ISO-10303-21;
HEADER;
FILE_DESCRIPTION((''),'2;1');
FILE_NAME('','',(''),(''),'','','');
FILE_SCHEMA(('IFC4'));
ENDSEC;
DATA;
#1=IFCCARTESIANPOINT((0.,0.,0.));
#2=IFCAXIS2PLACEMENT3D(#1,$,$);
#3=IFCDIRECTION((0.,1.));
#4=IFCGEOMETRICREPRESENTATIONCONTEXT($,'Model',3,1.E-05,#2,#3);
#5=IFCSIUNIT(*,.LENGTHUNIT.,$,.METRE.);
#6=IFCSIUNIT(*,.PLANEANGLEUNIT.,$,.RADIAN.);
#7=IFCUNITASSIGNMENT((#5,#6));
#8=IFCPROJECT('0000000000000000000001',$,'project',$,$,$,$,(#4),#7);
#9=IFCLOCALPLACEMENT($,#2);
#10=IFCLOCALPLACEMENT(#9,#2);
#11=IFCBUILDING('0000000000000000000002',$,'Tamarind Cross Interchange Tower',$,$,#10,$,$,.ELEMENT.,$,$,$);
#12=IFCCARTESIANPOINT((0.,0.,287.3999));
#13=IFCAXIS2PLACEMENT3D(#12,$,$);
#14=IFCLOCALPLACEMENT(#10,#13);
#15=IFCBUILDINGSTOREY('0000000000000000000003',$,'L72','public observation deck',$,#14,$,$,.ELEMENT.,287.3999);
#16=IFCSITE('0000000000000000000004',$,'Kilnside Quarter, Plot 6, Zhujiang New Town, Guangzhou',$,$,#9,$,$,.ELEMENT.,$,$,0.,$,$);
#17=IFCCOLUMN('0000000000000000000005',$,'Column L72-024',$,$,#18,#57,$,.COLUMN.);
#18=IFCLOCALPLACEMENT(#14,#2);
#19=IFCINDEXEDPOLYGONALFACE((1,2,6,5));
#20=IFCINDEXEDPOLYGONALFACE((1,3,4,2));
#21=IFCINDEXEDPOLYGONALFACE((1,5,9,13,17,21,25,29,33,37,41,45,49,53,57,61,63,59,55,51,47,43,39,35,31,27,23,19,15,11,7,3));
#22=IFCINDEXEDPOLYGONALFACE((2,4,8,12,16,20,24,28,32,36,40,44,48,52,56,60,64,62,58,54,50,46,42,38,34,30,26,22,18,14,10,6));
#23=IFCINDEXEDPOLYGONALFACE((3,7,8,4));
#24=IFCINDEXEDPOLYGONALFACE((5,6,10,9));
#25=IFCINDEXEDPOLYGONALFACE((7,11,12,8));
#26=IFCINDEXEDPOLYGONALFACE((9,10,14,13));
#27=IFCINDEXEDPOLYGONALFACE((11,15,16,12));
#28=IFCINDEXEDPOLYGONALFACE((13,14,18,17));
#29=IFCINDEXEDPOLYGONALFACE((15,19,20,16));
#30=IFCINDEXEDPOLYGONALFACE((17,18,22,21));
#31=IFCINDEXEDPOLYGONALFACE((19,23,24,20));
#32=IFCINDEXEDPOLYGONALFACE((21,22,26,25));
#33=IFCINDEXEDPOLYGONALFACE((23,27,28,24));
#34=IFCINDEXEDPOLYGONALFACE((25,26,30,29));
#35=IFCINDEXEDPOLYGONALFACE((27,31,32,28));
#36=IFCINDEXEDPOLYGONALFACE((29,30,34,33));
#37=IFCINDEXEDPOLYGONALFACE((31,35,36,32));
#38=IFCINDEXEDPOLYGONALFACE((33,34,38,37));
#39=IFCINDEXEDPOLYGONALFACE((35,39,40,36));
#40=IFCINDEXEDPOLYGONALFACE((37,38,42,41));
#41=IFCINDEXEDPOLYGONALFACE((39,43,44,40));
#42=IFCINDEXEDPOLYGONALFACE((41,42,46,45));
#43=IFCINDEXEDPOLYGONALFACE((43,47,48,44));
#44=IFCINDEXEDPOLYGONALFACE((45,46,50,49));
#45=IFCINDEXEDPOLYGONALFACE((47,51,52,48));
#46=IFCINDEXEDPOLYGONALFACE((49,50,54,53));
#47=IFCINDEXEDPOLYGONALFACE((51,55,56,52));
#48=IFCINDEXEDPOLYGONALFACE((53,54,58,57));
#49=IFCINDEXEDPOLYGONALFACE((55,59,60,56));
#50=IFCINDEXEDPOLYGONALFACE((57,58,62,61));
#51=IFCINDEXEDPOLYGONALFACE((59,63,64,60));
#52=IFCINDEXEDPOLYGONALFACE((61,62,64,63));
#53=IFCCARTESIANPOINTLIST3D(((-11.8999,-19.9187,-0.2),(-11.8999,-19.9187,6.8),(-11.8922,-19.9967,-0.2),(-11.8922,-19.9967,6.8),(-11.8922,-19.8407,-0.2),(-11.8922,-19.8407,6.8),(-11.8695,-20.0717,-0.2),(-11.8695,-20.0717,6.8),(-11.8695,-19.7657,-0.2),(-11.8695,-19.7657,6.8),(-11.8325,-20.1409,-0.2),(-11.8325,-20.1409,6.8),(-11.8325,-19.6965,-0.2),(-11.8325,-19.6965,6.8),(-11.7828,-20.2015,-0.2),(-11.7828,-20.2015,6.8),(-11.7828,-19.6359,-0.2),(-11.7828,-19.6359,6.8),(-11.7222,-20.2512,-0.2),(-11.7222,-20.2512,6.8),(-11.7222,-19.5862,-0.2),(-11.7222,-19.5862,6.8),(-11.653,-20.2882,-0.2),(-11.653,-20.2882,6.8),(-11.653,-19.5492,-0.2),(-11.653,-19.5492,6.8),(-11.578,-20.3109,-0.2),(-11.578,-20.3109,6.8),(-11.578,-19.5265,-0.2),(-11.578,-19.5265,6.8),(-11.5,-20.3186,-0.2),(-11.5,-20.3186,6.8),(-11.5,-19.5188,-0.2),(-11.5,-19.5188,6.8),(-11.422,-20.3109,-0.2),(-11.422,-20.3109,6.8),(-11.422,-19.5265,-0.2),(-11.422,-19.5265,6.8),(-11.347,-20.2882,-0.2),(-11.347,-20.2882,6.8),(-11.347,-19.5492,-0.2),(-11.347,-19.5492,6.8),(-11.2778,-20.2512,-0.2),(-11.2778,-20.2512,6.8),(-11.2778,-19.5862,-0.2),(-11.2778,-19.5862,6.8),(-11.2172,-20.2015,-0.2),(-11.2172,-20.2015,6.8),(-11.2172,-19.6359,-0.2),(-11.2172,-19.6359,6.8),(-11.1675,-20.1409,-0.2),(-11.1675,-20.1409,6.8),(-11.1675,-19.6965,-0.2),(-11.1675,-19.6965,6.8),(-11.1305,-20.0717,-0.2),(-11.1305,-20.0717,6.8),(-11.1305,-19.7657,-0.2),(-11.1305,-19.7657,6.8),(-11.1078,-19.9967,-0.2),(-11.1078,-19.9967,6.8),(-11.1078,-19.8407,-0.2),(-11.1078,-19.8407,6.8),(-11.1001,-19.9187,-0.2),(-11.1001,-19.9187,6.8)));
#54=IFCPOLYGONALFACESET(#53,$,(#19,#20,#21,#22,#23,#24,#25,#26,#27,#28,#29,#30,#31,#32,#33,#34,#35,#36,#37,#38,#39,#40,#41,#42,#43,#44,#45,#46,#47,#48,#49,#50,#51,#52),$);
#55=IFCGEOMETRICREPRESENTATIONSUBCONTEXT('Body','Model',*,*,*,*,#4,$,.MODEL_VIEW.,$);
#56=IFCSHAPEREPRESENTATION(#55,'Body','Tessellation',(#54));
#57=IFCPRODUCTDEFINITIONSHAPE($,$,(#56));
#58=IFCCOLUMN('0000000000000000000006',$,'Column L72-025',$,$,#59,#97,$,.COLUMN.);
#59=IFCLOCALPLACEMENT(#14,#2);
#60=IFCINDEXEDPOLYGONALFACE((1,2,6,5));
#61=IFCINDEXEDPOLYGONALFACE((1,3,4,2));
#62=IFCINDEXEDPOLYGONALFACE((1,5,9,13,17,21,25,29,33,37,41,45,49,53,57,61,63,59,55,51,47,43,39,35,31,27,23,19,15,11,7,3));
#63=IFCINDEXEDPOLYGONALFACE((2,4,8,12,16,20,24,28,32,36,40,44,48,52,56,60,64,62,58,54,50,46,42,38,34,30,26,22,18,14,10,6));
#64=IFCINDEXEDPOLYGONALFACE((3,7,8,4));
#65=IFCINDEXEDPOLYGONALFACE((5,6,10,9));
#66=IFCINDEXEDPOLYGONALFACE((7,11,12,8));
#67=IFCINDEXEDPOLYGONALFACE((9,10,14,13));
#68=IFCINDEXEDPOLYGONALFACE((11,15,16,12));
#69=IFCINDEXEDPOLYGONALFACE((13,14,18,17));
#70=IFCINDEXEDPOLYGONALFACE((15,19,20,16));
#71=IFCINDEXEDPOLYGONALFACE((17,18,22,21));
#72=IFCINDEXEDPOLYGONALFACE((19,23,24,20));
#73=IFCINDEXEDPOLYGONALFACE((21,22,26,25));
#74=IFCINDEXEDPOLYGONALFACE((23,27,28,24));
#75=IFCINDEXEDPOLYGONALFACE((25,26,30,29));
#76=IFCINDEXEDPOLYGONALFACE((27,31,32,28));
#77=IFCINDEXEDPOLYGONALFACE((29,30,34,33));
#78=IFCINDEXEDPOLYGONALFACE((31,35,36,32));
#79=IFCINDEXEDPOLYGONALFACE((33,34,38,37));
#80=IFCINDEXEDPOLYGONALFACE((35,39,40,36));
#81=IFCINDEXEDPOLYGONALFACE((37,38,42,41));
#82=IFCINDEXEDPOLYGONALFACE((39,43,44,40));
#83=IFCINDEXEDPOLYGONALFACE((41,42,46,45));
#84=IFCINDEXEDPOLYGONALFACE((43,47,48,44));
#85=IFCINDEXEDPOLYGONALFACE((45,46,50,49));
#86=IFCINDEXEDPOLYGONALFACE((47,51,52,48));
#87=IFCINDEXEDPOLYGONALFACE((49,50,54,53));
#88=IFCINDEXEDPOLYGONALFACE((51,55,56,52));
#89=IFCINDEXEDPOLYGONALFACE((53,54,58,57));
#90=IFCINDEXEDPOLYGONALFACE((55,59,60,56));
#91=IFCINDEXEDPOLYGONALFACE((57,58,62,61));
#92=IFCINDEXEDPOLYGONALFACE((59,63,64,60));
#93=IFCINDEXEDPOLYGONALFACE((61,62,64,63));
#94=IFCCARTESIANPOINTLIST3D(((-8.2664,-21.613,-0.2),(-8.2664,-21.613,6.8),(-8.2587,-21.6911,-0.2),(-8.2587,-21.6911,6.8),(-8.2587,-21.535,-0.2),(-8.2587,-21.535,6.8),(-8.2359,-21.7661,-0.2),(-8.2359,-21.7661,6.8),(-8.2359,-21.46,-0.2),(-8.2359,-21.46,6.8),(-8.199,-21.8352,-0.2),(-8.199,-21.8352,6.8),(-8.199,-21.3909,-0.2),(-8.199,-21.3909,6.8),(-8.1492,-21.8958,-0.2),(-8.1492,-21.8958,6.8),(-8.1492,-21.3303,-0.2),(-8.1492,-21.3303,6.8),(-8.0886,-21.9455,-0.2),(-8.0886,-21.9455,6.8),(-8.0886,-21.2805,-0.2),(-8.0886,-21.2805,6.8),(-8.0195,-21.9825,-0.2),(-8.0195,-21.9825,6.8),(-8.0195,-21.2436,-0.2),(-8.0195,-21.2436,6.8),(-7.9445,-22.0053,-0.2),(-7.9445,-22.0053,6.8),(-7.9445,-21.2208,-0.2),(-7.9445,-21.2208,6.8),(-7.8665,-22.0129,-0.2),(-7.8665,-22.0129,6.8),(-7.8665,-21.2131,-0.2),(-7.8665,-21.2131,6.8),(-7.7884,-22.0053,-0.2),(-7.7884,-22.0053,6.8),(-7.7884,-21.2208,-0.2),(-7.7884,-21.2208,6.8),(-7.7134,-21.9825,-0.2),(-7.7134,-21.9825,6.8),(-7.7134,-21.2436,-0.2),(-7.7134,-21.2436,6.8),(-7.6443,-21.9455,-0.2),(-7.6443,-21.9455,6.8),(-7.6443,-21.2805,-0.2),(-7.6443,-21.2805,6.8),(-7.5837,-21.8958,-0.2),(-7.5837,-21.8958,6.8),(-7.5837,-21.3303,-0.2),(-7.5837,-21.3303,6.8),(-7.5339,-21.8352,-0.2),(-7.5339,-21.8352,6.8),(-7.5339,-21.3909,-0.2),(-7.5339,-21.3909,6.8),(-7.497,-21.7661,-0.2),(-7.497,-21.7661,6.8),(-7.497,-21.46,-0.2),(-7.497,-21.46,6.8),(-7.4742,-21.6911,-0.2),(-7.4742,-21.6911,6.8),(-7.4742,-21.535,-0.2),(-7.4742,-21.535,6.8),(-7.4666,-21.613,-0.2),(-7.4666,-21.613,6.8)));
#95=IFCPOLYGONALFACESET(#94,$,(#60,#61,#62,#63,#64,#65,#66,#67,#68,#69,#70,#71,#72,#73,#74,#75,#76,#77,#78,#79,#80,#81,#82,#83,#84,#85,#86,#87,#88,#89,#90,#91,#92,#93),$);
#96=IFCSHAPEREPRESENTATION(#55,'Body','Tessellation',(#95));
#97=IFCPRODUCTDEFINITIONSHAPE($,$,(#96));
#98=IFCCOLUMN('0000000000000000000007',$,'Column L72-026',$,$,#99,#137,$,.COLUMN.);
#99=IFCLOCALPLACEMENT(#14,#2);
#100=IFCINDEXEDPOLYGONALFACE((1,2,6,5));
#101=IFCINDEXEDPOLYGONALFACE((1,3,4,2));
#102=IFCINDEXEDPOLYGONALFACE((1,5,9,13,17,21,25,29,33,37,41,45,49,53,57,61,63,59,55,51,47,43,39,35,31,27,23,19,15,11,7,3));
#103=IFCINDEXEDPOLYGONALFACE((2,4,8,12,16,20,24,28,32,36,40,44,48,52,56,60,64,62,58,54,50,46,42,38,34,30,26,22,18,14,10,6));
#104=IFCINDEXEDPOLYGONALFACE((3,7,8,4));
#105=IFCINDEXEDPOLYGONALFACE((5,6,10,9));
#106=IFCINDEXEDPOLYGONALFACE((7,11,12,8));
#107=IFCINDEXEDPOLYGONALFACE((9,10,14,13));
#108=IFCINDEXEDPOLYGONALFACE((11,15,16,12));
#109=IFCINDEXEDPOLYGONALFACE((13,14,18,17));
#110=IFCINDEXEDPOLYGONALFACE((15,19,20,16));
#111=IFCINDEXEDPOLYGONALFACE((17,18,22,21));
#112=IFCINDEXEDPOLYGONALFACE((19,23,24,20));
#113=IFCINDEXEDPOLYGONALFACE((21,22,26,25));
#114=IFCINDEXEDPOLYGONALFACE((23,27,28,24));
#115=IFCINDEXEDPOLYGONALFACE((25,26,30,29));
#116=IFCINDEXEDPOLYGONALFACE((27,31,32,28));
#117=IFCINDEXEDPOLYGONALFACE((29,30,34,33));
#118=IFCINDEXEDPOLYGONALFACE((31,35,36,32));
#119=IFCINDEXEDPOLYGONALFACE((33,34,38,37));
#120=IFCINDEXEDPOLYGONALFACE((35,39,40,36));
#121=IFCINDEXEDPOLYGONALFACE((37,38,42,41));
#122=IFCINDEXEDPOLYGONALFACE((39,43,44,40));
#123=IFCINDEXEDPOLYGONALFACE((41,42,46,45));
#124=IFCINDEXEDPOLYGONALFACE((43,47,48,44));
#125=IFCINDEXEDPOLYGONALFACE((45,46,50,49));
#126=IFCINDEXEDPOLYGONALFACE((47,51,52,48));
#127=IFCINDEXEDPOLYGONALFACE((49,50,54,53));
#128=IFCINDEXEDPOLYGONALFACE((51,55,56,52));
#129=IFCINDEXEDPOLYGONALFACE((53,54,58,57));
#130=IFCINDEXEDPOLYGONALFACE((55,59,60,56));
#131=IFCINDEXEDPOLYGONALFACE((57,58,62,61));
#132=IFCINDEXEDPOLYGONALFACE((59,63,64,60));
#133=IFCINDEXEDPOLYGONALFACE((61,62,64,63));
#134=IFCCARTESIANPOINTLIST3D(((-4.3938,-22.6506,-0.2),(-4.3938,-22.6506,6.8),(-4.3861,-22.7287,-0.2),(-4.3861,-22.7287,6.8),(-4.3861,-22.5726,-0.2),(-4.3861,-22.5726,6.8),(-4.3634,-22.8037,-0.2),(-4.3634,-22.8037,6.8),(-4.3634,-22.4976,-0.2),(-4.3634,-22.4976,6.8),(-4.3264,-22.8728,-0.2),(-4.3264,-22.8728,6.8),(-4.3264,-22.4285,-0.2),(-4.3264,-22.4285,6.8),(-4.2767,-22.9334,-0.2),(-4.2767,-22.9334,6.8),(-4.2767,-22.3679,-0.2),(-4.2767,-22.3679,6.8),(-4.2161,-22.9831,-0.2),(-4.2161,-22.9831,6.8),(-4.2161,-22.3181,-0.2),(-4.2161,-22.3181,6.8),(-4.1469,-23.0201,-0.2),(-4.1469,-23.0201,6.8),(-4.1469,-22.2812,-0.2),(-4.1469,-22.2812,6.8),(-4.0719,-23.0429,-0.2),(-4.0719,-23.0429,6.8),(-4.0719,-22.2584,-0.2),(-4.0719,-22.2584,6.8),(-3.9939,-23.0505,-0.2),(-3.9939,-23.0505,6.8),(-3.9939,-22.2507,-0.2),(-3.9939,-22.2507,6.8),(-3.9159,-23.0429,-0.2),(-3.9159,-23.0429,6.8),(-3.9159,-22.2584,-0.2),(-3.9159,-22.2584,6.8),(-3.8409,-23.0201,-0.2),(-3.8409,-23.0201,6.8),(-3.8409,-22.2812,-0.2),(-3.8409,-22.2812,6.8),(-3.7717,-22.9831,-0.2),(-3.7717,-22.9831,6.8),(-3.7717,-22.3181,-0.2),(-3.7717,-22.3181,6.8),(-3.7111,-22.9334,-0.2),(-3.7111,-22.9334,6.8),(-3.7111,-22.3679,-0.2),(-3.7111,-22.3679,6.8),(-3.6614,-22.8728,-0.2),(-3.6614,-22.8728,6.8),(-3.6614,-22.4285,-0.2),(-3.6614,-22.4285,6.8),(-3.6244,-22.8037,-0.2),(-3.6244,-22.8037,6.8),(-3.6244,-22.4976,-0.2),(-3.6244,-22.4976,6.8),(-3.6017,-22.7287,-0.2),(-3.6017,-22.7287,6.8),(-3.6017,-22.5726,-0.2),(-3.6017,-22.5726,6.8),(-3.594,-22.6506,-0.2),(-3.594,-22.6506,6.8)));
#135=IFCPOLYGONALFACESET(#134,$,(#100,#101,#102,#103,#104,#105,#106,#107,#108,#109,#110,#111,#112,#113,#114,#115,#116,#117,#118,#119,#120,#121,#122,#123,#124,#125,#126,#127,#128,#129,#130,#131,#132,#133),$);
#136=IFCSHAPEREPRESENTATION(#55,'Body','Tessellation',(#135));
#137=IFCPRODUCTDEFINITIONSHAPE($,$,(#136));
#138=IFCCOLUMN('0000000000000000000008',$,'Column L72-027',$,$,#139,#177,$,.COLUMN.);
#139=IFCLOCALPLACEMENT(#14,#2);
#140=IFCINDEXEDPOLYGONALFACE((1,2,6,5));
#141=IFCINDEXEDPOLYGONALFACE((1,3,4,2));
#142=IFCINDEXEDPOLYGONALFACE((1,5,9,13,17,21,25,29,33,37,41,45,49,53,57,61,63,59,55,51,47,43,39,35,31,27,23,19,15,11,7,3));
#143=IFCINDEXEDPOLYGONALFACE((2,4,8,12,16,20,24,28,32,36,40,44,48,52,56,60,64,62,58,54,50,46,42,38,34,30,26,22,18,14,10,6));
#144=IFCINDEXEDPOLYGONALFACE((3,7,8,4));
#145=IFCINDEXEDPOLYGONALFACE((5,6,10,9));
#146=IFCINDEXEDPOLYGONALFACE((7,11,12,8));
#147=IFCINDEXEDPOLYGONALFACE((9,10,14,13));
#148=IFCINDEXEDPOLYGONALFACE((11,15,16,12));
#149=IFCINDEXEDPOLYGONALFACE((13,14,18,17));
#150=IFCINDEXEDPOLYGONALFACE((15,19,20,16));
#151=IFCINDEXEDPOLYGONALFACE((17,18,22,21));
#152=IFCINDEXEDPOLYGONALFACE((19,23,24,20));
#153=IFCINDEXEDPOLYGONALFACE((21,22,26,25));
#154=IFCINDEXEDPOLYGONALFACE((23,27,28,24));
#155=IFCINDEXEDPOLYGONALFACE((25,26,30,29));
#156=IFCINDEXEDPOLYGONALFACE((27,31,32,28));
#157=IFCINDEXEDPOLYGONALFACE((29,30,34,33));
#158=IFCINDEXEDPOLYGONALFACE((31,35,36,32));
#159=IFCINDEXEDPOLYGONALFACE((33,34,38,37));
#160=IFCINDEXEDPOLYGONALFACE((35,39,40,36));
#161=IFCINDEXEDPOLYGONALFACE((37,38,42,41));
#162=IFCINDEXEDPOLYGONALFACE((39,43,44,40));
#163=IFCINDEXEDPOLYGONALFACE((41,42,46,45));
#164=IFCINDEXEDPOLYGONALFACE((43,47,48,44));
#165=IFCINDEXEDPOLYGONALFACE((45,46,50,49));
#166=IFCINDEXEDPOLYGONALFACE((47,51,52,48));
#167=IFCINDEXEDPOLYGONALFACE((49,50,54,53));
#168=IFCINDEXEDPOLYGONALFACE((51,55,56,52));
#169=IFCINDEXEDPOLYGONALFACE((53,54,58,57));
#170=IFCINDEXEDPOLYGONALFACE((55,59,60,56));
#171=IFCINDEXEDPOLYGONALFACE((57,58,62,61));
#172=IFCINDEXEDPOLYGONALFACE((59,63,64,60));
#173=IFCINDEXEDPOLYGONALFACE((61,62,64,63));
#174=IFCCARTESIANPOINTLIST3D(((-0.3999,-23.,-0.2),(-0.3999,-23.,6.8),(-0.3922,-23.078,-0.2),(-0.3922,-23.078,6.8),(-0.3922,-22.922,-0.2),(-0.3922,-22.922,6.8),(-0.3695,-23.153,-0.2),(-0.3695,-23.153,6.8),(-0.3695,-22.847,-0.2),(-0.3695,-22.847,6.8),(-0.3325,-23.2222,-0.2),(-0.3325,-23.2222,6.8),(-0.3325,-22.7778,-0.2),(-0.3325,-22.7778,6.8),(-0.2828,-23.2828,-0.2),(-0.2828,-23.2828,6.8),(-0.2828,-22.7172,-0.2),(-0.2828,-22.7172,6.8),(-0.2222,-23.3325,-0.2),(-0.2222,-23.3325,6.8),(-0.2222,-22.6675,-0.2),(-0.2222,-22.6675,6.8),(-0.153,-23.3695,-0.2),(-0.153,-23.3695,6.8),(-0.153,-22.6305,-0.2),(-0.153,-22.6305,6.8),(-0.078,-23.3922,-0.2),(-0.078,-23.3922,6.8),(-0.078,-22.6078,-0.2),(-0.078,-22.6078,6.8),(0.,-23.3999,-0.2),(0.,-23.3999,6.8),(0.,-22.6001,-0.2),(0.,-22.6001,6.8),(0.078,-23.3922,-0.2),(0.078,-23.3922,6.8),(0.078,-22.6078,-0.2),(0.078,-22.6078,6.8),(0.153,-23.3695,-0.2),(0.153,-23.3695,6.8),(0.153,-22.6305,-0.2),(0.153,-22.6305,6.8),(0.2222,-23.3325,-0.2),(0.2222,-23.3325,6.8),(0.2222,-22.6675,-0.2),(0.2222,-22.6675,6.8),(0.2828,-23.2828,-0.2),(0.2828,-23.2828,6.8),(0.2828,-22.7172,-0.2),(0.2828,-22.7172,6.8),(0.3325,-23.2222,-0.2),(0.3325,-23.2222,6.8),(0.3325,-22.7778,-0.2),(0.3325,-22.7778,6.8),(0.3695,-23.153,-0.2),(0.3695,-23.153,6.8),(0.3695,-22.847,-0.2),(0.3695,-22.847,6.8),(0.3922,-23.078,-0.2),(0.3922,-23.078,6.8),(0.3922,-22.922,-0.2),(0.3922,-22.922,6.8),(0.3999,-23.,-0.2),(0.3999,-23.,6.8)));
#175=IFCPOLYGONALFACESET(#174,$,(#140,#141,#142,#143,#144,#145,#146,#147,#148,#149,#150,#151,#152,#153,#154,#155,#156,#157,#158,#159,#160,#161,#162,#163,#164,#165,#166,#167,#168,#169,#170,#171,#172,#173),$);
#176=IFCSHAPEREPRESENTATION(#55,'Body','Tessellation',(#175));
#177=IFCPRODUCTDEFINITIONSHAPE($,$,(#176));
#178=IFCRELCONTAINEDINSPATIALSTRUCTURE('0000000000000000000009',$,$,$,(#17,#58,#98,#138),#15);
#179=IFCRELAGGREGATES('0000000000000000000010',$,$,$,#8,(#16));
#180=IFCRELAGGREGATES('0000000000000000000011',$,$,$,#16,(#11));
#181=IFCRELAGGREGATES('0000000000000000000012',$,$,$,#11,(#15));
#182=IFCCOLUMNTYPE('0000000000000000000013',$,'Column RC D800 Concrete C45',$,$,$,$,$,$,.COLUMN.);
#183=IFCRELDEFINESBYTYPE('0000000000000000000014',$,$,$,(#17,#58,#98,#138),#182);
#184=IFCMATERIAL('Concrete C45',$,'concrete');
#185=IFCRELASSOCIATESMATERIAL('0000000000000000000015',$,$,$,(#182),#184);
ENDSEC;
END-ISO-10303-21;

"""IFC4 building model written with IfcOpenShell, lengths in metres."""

from ifc_helpers import new_model, si_unit, direction, frame, origin, origin_2d, place, context, subcontext, project, spatial, circle, extrude, material, material_profile, profile_set, type_object, element, save


model = new_model("IFC4")

# Units and contexts
model_context = context("Model", 3, precision=1e-05, world=origin(), true_north=direction((0.0, 1.0)))
body_context = subcontext(model_context, "Body", "Model", "MODEL_VIEW")
ifc_project = project(units=[si_unit("LENGTHUNIT", "METRE"), si_unit("PLANEANGLEUNIT", "RADIAN")], contexts=[model_context])

# Site, building, storey
site_placement = place(None, origin())
site = spatial("IfcSite", under=ifc_project, at=site_placement, Name="Kilnside Quarter, Plot 6, Zhujiang New Town, Guangzhou", CompositionType="ELEMENT", RefElevation=0.0)
building_placement = place(site_placement, origin())
building = spatial("IfcBuilding", under=site, at=building_placement, Name="Tamarind Cross Interchange Tower", CompositionType="ELEMENT")
storey_placement = place(building_placement, frame((0.0, 0.0, 287.3999)))
storey = spatial("IfcBuildingStorey", under=building, at=storey_placement, Name="L72", Description="public observation deck", CompositionType="ELEMENT", Elevation=287.3999)

# Columns
ifc_material_1 = material(Name="Concrete C45", Category="concrete")
ifc_material_profile_1 = material_profile(ifc_material_1, circle(Radius=0.3999, at=origin_2d()), Name="RC D800")
ifc_profile_set_1 = profile_set([ifc_material_profile_1], Name="Concrete C45")
column_type = type_object("IfcColumnType", Name="Column RC D800 Concrete C45", PredefinedType="COLUMN", material=ifc_profile_set_1)
for number, where, z_axis, x_axis, name in (
    (1, (-11.5, -19.9187, -0.2), (0.0, 0.0, 1.0), (1.0, 0.0, 0.0), "Column L72-024"),
    (2, (-7.8665, -21.613, -0.2), (0.0, 0.0, 1.0), (1.0, 0.0, 0.0), "Column L72-025"),
    (3, (-3.9939, -22.6506, -0.2), (0.0, 0.0, 1.0), (1.0, 0.0, 0.0), "Column L72-026"),
    (4, (0.0, -23.0, -0.2), (0.0, 0.0, 1.0), (1.0, 0.0, 0.0), "Column L72-027"),
):
    element("IfcColumn", number, at=place(storey_placement, frame(where, z_axis=z_axis, x_axis=x_axis)), inside=storey, type_object=column_type, Name=name, PredefinedType="COLUMN", context=body_context, shape_type="SweptSolid", body=[
        extrude(circle(Radius=0.3999, at=origin_2d()), origin(), (0.0, 0.0, 1.0), 7.0),
    ])

save(model, "model.ifc")
